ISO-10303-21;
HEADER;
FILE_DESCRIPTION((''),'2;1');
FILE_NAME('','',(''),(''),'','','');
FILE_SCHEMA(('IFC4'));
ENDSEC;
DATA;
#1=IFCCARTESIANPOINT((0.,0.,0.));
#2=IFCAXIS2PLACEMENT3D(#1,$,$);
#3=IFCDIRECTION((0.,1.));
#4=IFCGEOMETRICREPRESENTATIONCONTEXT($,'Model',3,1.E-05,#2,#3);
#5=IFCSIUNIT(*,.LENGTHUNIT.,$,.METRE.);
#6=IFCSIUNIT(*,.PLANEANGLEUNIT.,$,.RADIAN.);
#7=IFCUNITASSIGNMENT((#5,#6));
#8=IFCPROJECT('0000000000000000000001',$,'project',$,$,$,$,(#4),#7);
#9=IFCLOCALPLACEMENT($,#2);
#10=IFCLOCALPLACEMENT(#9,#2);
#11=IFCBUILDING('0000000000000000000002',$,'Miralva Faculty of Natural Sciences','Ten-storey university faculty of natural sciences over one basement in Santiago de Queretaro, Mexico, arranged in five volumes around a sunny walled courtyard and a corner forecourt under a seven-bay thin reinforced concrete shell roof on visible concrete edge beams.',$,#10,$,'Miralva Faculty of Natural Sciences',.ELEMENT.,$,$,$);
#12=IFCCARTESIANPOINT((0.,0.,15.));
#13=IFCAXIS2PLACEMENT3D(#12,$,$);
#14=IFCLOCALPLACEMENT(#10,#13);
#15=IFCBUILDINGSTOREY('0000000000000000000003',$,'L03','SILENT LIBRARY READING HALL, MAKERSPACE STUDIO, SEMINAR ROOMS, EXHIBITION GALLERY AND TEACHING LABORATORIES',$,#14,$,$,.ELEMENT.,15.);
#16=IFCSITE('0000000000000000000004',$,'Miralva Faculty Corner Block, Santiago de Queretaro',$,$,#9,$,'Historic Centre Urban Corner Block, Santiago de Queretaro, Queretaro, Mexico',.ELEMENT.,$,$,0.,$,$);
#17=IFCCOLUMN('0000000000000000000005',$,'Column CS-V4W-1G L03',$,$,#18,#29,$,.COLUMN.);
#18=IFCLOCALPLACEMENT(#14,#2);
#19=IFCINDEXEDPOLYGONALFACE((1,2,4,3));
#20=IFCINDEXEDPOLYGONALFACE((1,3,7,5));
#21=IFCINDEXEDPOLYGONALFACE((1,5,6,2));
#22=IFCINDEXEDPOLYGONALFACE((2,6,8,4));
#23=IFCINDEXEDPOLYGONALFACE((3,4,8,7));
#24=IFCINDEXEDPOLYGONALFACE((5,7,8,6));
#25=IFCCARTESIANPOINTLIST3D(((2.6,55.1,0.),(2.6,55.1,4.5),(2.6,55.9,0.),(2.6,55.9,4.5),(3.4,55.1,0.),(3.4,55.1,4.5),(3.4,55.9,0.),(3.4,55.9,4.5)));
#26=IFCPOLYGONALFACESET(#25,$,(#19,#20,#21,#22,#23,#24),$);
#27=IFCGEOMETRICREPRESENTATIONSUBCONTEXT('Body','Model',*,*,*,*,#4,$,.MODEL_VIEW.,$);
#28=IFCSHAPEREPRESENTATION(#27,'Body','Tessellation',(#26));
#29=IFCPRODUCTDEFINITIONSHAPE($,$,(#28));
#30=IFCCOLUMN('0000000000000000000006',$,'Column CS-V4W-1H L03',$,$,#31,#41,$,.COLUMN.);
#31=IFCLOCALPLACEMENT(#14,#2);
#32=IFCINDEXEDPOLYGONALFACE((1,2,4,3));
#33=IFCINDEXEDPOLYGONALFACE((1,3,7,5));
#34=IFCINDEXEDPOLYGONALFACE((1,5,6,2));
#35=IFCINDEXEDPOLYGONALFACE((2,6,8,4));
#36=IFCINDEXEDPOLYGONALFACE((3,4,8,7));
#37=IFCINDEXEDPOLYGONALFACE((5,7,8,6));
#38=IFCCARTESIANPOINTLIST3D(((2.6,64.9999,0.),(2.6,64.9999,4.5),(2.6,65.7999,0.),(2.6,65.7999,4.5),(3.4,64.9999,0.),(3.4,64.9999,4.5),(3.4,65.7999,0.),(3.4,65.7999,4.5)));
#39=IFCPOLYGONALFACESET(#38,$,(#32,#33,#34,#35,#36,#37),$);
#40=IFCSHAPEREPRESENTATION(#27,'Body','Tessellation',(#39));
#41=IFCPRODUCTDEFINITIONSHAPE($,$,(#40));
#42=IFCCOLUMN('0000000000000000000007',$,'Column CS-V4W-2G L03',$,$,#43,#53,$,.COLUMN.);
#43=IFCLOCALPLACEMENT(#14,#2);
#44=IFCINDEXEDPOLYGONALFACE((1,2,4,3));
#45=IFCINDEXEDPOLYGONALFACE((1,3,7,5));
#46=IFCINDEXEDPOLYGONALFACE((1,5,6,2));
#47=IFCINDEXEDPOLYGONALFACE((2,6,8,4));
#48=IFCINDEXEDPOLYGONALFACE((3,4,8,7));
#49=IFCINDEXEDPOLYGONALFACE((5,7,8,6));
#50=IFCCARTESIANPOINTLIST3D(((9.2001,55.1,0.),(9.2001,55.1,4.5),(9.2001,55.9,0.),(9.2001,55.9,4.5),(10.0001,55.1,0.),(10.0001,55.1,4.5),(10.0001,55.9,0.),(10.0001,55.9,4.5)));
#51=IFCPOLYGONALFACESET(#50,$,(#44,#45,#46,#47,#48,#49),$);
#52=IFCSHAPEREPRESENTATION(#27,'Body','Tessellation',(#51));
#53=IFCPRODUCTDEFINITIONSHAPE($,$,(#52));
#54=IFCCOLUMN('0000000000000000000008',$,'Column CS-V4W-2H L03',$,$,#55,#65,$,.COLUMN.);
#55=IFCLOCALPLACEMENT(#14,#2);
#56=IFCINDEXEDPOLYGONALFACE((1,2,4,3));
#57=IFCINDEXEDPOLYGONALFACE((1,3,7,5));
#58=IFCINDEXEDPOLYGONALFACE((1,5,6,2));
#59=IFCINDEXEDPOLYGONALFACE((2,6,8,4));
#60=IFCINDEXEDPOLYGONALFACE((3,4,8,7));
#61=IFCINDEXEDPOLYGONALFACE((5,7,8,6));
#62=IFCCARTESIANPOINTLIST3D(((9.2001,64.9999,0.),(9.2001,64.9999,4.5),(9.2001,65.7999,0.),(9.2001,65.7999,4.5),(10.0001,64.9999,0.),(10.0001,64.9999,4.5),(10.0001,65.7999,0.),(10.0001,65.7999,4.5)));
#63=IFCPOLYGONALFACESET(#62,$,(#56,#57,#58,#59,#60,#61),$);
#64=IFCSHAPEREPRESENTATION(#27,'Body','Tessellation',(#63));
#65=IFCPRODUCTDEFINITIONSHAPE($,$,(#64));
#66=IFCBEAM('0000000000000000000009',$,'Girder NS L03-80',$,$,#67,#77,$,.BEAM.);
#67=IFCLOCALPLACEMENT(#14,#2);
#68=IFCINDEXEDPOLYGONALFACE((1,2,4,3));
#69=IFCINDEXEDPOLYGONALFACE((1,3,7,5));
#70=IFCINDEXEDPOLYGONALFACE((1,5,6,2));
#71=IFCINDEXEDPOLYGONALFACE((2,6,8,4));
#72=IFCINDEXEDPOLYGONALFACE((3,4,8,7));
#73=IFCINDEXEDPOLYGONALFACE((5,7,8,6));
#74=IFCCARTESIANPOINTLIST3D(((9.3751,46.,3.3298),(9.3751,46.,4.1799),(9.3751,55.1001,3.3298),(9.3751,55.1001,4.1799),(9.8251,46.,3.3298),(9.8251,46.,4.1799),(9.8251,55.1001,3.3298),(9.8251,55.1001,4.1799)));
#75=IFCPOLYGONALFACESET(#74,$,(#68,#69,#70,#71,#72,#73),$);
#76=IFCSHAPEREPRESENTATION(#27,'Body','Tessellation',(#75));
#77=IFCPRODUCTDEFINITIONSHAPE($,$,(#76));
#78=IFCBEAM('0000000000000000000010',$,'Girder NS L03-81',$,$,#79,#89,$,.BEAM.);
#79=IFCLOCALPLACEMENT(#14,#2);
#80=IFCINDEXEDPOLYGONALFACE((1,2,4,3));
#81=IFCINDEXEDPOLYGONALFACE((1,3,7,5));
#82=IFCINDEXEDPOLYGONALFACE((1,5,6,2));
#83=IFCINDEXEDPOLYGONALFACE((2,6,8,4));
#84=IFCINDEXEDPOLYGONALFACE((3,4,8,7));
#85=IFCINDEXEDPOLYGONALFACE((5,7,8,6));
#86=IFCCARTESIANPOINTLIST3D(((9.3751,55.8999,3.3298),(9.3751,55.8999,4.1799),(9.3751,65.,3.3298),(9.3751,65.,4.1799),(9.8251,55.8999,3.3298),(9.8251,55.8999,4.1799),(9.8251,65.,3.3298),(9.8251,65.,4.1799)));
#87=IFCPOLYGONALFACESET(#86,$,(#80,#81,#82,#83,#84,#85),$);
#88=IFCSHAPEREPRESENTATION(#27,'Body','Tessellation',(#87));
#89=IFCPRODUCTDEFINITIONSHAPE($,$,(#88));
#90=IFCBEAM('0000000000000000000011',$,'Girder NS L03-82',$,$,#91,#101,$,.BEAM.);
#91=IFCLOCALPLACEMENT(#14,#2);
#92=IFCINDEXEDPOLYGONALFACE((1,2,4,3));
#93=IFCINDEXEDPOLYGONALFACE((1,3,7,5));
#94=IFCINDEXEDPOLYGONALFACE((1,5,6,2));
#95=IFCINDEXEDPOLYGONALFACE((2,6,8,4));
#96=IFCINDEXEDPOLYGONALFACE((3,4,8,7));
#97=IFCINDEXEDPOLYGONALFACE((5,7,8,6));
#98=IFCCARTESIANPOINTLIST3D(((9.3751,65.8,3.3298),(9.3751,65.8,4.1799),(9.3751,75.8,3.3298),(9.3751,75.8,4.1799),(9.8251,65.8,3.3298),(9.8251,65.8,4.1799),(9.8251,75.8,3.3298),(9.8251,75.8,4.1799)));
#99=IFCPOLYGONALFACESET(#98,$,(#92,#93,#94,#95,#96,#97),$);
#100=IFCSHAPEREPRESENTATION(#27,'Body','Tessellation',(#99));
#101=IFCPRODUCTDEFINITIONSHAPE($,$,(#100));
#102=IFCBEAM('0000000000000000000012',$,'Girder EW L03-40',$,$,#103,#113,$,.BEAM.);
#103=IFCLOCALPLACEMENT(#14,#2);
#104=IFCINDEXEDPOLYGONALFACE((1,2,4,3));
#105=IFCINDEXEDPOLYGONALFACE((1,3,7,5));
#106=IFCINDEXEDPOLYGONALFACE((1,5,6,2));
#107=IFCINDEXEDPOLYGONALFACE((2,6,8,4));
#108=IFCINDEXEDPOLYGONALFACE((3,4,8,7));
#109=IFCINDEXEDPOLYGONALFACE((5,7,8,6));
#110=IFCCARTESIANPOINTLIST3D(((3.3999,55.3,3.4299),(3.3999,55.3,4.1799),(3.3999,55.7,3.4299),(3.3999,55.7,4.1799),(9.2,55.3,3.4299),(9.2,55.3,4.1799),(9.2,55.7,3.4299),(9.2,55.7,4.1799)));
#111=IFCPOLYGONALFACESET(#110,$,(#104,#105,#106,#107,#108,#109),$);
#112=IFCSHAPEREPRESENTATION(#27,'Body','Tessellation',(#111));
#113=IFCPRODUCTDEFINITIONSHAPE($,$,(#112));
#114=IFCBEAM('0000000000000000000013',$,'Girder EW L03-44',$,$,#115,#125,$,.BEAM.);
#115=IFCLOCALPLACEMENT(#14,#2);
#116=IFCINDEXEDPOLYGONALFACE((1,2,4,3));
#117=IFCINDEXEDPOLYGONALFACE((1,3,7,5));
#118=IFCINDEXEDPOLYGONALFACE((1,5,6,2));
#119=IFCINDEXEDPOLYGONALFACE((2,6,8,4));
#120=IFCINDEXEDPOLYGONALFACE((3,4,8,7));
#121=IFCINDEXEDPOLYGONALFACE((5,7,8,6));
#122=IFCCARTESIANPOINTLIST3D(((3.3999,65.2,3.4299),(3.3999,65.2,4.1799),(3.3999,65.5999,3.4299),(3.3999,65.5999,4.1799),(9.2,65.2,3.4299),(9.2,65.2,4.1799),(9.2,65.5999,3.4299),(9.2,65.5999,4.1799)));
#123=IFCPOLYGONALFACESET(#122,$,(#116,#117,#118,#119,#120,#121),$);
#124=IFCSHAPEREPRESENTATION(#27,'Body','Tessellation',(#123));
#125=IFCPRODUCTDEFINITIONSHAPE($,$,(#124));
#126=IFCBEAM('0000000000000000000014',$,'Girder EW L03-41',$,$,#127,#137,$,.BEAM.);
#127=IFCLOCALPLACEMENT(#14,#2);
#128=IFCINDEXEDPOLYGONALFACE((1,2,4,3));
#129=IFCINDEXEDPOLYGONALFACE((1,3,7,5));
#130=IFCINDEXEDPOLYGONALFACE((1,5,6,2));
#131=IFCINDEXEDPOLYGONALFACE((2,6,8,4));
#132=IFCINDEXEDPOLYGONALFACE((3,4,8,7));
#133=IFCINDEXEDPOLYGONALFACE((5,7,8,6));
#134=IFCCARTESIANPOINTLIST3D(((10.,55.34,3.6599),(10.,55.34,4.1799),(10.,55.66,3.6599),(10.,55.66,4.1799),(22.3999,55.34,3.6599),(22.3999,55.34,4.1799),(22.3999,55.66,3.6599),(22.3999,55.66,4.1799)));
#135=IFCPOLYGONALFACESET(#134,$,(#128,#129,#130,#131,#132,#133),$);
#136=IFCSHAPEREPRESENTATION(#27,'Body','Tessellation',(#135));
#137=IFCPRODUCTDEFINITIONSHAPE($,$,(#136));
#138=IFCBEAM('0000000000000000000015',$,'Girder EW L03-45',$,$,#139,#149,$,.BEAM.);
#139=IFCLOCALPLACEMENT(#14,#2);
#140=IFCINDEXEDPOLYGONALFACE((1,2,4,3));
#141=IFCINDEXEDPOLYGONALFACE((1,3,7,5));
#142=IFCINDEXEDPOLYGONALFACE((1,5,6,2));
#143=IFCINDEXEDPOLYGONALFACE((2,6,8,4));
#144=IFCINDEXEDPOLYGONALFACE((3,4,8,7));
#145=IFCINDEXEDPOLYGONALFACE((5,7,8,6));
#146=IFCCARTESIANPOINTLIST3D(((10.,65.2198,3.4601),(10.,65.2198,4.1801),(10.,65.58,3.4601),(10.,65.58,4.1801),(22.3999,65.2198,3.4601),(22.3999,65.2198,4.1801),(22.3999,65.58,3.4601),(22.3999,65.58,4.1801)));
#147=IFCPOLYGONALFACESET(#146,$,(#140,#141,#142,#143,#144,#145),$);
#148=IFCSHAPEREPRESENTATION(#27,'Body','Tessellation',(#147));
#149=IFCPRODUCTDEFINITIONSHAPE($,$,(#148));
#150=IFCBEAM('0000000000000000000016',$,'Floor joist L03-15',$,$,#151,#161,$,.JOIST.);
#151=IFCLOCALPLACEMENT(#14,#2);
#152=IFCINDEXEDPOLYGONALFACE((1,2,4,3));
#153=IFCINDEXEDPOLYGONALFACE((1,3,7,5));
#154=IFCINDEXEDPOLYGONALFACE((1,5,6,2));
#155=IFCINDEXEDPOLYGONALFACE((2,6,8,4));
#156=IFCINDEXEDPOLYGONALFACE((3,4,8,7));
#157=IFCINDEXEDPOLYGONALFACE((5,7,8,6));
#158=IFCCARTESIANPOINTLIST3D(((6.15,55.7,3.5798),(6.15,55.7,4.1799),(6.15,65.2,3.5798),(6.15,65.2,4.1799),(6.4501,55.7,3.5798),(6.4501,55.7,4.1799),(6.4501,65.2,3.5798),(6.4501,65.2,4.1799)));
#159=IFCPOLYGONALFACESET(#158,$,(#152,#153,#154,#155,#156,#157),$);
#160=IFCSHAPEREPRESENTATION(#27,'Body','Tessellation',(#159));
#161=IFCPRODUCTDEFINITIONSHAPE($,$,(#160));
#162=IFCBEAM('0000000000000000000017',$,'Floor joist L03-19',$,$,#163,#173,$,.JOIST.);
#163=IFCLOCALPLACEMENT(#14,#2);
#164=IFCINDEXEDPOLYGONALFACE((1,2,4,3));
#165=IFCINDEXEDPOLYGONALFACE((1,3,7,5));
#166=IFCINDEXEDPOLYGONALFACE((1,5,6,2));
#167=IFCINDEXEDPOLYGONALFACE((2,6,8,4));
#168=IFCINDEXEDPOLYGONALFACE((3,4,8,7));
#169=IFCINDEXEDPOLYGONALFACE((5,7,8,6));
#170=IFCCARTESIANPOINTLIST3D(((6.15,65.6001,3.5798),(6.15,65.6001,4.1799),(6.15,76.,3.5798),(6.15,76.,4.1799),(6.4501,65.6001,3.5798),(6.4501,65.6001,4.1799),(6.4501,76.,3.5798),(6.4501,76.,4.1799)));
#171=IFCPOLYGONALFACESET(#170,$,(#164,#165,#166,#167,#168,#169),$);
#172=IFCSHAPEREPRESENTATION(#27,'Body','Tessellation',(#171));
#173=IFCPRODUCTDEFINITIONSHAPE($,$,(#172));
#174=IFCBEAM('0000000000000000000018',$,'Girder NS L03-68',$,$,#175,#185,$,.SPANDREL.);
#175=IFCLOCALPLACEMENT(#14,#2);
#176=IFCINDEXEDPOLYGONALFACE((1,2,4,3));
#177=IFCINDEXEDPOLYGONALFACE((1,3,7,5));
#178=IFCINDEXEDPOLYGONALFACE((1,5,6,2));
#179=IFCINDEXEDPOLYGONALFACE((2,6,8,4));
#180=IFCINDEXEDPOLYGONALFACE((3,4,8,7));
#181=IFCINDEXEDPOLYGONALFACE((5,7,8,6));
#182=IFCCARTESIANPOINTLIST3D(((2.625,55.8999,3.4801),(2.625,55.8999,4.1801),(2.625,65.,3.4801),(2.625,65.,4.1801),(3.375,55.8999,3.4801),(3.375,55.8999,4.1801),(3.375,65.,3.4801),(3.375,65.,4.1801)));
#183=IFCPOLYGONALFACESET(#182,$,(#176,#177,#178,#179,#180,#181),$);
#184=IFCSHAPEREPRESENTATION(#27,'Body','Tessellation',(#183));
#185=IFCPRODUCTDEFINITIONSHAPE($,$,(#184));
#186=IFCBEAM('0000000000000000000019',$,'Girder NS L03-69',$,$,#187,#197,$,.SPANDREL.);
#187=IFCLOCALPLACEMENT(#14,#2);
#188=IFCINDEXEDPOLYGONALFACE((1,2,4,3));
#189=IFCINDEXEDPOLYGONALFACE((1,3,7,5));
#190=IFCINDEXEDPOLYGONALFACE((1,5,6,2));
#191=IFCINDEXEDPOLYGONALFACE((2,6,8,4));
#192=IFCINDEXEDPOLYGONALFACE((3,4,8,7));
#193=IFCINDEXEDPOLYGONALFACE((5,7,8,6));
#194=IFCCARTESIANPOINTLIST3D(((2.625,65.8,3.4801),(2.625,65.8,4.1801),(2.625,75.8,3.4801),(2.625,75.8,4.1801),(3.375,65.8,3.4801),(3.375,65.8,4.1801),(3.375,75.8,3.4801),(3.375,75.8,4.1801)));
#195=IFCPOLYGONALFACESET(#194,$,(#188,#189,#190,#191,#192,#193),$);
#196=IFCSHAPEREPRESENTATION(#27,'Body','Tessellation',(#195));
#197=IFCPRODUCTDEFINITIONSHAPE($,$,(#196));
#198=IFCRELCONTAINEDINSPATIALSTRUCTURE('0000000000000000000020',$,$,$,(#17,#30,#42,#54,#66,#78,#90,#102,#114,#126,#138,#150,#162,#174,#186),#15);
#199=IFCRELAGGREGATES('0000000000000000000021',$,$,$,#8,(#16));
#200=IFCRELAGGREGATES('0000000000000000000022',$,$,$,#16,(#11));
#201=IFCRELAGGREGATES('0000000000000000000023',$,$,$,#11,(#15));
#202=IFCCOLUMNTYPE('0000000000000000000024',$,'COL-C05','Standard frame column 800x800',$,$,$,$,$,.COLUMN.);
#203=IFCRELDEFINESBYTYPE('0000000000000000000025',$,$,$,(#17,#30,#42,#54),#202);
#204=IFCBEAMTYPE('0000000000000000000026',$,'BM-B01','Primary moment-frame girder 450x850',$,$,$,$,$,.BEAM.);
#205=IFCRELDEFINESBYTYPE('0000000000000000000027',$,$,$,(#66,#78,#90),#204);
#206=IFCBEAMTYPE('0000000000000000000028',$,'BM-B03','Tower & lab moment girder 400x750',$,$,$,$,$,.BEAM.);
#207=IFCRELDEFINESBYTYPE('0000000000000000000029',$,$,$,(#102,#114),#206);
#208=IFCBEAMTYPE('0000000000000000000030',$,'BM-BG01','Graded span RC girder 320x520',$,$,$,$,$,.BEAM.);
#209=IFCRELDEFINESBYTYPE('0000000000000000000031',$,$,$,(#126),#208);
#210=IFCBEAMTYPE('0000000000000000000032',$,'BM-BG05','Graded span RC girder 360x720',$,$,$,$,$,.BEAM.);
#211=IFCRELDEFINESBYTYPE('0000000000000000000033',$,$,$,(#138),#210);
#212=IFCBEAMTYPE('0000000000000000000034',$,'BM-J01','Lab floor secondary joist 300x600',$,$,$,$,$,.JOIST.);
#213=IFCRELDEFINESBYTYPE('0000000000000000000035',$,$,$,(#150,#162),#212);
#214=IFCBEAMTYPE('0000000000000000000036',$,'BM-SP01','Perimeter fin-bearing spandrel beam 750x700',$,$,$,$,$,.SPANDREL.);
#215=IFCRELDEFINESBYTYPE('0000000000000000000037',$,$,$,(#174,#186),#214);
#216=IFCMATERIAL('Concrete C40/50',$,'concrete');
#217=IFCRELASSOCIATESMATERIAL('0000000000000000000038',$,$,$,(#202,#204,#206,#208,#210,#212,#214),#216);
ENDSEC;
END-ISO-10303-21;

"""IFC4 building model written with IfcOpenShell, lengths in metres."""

from ifc_helpers import new_model, si_unit, direction, frame, origin, origin_2d, place, context, subcontext, project, spatial, rectangle, extrude, material, material_profile, profile_set, type_object, element, save


model = new_model("IFC4")

# Units and contexts
model_context = context("Model", 3, precision=1e-05, world=origin(), true_north=direction((0.0, 1.0)))
body_context = subcontext(model_context, "Body", "Model", "MODEL_VIEW")
ifc_project = project(units=[si_unit("LENGTHUNIT", "METRE"), si_unit("PLANEANGLEUNIT", "RADIAN")], contexts=[model_context])

# Site, building, storey
site_placement = place(None, origin())
site = spatial("IfcSite", under=ifc_project, at=site_placement, Name="Miralva Faculty Corner Block, Santiago de Queretaro", LongName="Historic Centre Urban Corner Block, Santiago de Queretaro, Queretaro, Mexico", CompositionType="ELEMENT", RefElevation=0.0)
building_placement = place(site_placement, origin())
building = spatial("IfcBuilding", under=site, at=building_placement, Name="Miralva Faculty of Natural Sciences", Description="Ten-storey university faculty of natural sciences over one basement in Santiago de Queretaro, Mexico, arranged in five volumes around a sunny walled courtyard and a corner forecourt under a seven-bay thin reinforced concrete shell roof on visible concrete edge beams.", LongName="Miralva Faculty of Natural Sciences", CompositionType="ELEMENT")
storey_placement = place(building_placement, frame((0.0, 0.0, 15.0)))
storey = spatial("IfcBuildingStorey", under=building, at=storey_placement, Name="L03", Description="SILENT LIBRARY READING HALL, MAKERSPACE STUDIO, SEMINAR ROOMS, EXHIBITION GALLERY AND TEACHING LABORATORIES", CompositionType="ELEMENT", Elevation=15.0)

# Columns
ifc_material_1 = material(Name="Concrete C40/50", Category="concrete")
ifc_material_profile_1 = material_profile(ifc_material_1, rectangle(XDim=0.8, YDim=0.8, at=origin_2d()), Name="RC 800x800")
ifc_profile_set_1 = profile_set([ifc_material_profile_1], Name="Concrete C40/50")
column_type = type_object("IfcColumnType", Name="COL-C05", Description="Standard frame column 800x800", PredefinedType="COLUMN", material=ifc_profile_set_1)
for number, where, z_axis, x_axis, name in (
    (1, (3.0, 55.5, 0.0), (0.0, 0.0, 1.0), (1.0, 0.0, 0.0), "Column CS-V4W-1G L03"),
    (2, (3.0, 65.3999, 0.0), (0.0, 0.0, 1.0), (1.0, 0.0, 0.0), "Column CS-V4W-1H L03"),
    (3, (9.6001, 55.5, 0.0), (0.0, 0.0, 1.0), (1.0, 0.0, 0.0), "Column CS-V4W-2G L03"),
    (4, (9.6001, 65.3999, 0.0), (0.0, 0.0, 1.0), (1.0, 0.0, 0.0), "Column CS-V4W-2H L03"),
):
    element("IfcColumn", number, at=place(storey_placement, frame(where, z_axis=z_axis, x_axis=x_axis)), inside=storey, type_object=column_type, Name=name, PredefinedType="COLUMN", context=body_context, shape_type="SweptSolid", body=[
        extrude(rectangle(XDim=0.8, YDim=0.8, at=origin_2d()), origin(), (0.0, 0.0, 1.0), 4.5),
    ])

# Beams
ifc_material_profile_2 = material_profile(ifc_material_1, rectangle(XDim=0.45, YDim=0.8501, at=origin_2d()), Name="RC 450x850")
ifc_profile_set_2 = profile_set([ifc_material_profile_2], Name="Concrete C40/50")
beam_type_1 = type_object("IfcBeamType", Name="BM-B01", Description="Primary moment-frame girder 450x850", PredefinedType="BEAM", material=ifc_profile_set_2)
for number, where, z_axis, x_axis, name in (
    (5, (9.6001, 46.0, 3.7549), (0.0, 1.0, 0.0), (-1.0, 0.0, 0.0), "Girder NS L03-80"),
    (6, (9.6001, 55.8999, 3.7549), (0.0, 1.0, 0.0), (-1.0, 0.0, 0.0), "Girder NS L03-81"),
):
    element("IfcBeam", number, at=place(storey_placement, frame(where, z_axis=z_axis, x_axis=x_axis)), inside=storey, type_object=beam_type_1, Name=name, PredefinedType="BEAM", context=body_context, shape_type="SweptSolid", body=[
        extrude(rectangle(XDim=0.45, YDim=0.8501, at=origin_2d()), origin(), (0.0, 0.0, 1.0), 9.1001),
    ])
beam_1_placement = place(storey_placement, frame((9.6001, 65.8, 3.7549), z_axis=(0.0, 1.0, 0.0), x_axis=(-1.0, 0.0, 0.0)))
element("IfcBeam", 7, at=beam_1_placement, inside=storey, type_object=beam_type_1, Name="Girder NS L03-82", PredefinedType="BEAM", context=body_context, shape_type="SweptSolid", body=[
    extrude(rectangle(XDim=0.45, YDim=0.8501, at=origin_2d()), origin(), (0.0, 0.0, 1.0), 10.0),
])
ifc_material_profile_3 = material_profile(ifc_material_1, rectangle(XDim=0.3999, YDim=0.75, at=origin_2d()), Name="RC 400x750")
ifc_profile_set_3 = profile_set([ifc_material_profile_3], Name="Concrete C40/50")
beam_type_2 = type_object("IfcBeamType", Name="BM-B03", Description="Tower & lab moment girder 400x750", PredefinedType="BEAM", material=ifc_profile_set_3)
for number, where, z_axis, x_axis, name in (
    (8, (3.3999, 55.5, 3.8049), (1.0, 0.0, 0.0), (0.0, 1.0, 0.0), "Girder EW L03-40"),
    (9, (3.3999, 65.3999, 3.8049), (1.0, 0.0, 0.0), (0.0, 1.0, 0.0), "Girder EW L03-44"),
):
    element("IfcBeam", number, at=place(storey_placement, frame(where, z_axis=z_axis, x_axis=x_axis)), inside=storey, type_object=beam_type_2, Name=name, PredefinedType="BEAM", context=body_context, shape_type="SweptSolid", body=[
        extrude(rectangle(XDim=0.3999, YDim=0.75, at=origin_2d()), origin(), (0.0, 0.0, 1.0), 5.8),
    ])
ifc_material_profile_4 = material_profile(ifc_material_1, rectangle(XDim=0.3201, YDim=0.52, at=origin_2d()), Name="RC 320x520")
ifc_profile_set_4 = profile_set([ifc_material_profile_4], Name="Concrete C40/50")
beam_type_3 = type_object("IfcBeamType", Name="BM-BG01", Description="Graded span RC girder 320x520", PredefinedType="BEAM", material=ifc_profile_set_4)
beam_2_placement = place(storey_placement, frame((10.0, 55.5, 3.9199), z_axis=(1.0, 0.0, 0.0), x_axis=(0.0, 1.0, 0.0)))
element("IfcBeam", 10, at=beam_2_placement, inside=storey, type_object=beam_type_3, Name="Girder EW L03-41", PredefinedType="BEAM", context=body_context, shape_type="SweptSolid", body=[
    extrude(rectangle(XDim=0.3201, YDim=0.52, at=origin_2d()), origin(), (0.0, 0.0, 1.0), 12.3999),
])
ifc_material_profile_5 = material_profile(ifc_material_1, rectangle(XDim=0.3601, YDim=0.72, at=origin_2d()), Name="RC 360x720")
ifc_profile_set_5 = profile_set([ifc_material_profile_5], Name="Concrete C40/50")
beam_type_4 = type_object("IfcBeamType", Name="BM-BG05", Description="Graded span RC girder 360x720", PredefinedType="BEAM", material=ifc_profile_set_5)
beam_3_placement = place(storey_placement, frame((10.0, 65.3999, 3.8201), z_axis=(1.0, 0.0, 0.0), x_axis=(0.0, 1.0, 0.0)))
element("IfcBeam", 11, at=beam_3_placement, inside=storey, type_object=beam_type_4, Name="Girder EW L03-45", PredefinedType="BEAM", context=body_context, shape_type="SweptSolid", body=[
    extrude(rectangle(XDim=0.3601, YDim=0.72, at=origin_2d()), origin(), (0.0, 0.0, 1.0), 12.3999),
])
ifc_material_profile_6 = material_profile(ifc_material_1, rectangle(XDim=0.3, YDim=0.6001, at=origin_2d()), Name="RC 300x600")
ifc_profile_set_6 = profile_set([ifc_material_profile_6], Name="Concrete C40/50")
beam_type_5 = type_object("IfcBeamType", Name="BM-J01", Description="Lab floor secondary joist 300x600", PredefinedType="JOIST", material=ifc_profile_set_6)
beam_4_placement = place(storey_placement, frame((6.3, 55.7, 3.8799), z_axis=(0.0, 1.0, 0.0), x_axis=(-1.0, 0.0, 0.0)))
element("IfcBeam", 12, at=beam_4_placement, inside=storey, type_object=beam_type_5, Name="Floor joist L03-15", PredefinedType="JOIST", context=body_context, shape_type="SweptSolid", body=[
    extrude(rectangle(XDim=0.3, YDim=0.6001, at=origin_2d()), origin(), (0.0, 0.0, 1.0), 9.5),
])
beam_5_placement = place(storey_placement, frame((6.3, 65.6001, 3.8799), z_axis=(0.0, 1.0, 0.0), x_axis=(-1.0, 0.0, 0.0)))
element("IfcBeam", 13, at=beam_5_placement, inside=storey, type_object=beam_type_5, Name="Floor joist L03-19", PredefinedType="JOIST", context=body_context, shape_type="SweptSolid", body=[
    extrude(rectangle(XDim=0.3, YDim=0.6001, at=origin_2d()), origin(), (0.0, 0.0, 1.0), 10.3999),
])
ifc_material_profile_7 = material_profile(ifc_material_1, rectangle(XDim=0.75, YDim=0.7, at=origin_2d()), Name="RC 750x700")
ifc_profile_set_7 = profile_set([ifc_material_profile_7], Name="Concrete C40/50")
beam_type_6 = type_object("IfcBeamType", Name="BM-SP01", Description="Perimeter fin-bearing spandrel beam 750x700", PredefinedType="SPANDREL", material=ifc_profile_set_7)
beam_6_placement = place(storey_placement, frame((3.0, 55.8999, 3.8301), z_axis=(0.0, 1.0, 0.0), x_axis=(-1.0, 0.0, 0.0)))
element("IfcBeam", 14, at=beam_6_placement, inside=storey, type_object=beam_type_6, Name="Girder NS L03-68", PredefinedType="SPANDREL", context=body_context, shape_type="SweptSolid", body=[
    extrude(rectangle(XDim=0.75, YDim=0.7, at=origin_2d()), origin(), (0.0, 0.0, 1.0), 9.1001),
])
beam_7_placement = place(storey_placement, frame((3.0, 65.8, 3.8301), z_axis=(0.0, 1.0, 0.0), x_axis=(-1.0, 0.0, 0.0)))
element("IfcBeam", 15, at=beam_7_placement, inside=storey, type_object=beam_type_6, Name="Girder NS L03-69", PredefinedType="SPANDREL", context=body_context, shape_type="SweptSolid", body=[
    extrude(rectangle(XDim=0.75, YDim=0.7, at=origin_2d()), origin(), (0.0, 0.0, 1.0), 10.0),
])

save(model, "model.ifc")
